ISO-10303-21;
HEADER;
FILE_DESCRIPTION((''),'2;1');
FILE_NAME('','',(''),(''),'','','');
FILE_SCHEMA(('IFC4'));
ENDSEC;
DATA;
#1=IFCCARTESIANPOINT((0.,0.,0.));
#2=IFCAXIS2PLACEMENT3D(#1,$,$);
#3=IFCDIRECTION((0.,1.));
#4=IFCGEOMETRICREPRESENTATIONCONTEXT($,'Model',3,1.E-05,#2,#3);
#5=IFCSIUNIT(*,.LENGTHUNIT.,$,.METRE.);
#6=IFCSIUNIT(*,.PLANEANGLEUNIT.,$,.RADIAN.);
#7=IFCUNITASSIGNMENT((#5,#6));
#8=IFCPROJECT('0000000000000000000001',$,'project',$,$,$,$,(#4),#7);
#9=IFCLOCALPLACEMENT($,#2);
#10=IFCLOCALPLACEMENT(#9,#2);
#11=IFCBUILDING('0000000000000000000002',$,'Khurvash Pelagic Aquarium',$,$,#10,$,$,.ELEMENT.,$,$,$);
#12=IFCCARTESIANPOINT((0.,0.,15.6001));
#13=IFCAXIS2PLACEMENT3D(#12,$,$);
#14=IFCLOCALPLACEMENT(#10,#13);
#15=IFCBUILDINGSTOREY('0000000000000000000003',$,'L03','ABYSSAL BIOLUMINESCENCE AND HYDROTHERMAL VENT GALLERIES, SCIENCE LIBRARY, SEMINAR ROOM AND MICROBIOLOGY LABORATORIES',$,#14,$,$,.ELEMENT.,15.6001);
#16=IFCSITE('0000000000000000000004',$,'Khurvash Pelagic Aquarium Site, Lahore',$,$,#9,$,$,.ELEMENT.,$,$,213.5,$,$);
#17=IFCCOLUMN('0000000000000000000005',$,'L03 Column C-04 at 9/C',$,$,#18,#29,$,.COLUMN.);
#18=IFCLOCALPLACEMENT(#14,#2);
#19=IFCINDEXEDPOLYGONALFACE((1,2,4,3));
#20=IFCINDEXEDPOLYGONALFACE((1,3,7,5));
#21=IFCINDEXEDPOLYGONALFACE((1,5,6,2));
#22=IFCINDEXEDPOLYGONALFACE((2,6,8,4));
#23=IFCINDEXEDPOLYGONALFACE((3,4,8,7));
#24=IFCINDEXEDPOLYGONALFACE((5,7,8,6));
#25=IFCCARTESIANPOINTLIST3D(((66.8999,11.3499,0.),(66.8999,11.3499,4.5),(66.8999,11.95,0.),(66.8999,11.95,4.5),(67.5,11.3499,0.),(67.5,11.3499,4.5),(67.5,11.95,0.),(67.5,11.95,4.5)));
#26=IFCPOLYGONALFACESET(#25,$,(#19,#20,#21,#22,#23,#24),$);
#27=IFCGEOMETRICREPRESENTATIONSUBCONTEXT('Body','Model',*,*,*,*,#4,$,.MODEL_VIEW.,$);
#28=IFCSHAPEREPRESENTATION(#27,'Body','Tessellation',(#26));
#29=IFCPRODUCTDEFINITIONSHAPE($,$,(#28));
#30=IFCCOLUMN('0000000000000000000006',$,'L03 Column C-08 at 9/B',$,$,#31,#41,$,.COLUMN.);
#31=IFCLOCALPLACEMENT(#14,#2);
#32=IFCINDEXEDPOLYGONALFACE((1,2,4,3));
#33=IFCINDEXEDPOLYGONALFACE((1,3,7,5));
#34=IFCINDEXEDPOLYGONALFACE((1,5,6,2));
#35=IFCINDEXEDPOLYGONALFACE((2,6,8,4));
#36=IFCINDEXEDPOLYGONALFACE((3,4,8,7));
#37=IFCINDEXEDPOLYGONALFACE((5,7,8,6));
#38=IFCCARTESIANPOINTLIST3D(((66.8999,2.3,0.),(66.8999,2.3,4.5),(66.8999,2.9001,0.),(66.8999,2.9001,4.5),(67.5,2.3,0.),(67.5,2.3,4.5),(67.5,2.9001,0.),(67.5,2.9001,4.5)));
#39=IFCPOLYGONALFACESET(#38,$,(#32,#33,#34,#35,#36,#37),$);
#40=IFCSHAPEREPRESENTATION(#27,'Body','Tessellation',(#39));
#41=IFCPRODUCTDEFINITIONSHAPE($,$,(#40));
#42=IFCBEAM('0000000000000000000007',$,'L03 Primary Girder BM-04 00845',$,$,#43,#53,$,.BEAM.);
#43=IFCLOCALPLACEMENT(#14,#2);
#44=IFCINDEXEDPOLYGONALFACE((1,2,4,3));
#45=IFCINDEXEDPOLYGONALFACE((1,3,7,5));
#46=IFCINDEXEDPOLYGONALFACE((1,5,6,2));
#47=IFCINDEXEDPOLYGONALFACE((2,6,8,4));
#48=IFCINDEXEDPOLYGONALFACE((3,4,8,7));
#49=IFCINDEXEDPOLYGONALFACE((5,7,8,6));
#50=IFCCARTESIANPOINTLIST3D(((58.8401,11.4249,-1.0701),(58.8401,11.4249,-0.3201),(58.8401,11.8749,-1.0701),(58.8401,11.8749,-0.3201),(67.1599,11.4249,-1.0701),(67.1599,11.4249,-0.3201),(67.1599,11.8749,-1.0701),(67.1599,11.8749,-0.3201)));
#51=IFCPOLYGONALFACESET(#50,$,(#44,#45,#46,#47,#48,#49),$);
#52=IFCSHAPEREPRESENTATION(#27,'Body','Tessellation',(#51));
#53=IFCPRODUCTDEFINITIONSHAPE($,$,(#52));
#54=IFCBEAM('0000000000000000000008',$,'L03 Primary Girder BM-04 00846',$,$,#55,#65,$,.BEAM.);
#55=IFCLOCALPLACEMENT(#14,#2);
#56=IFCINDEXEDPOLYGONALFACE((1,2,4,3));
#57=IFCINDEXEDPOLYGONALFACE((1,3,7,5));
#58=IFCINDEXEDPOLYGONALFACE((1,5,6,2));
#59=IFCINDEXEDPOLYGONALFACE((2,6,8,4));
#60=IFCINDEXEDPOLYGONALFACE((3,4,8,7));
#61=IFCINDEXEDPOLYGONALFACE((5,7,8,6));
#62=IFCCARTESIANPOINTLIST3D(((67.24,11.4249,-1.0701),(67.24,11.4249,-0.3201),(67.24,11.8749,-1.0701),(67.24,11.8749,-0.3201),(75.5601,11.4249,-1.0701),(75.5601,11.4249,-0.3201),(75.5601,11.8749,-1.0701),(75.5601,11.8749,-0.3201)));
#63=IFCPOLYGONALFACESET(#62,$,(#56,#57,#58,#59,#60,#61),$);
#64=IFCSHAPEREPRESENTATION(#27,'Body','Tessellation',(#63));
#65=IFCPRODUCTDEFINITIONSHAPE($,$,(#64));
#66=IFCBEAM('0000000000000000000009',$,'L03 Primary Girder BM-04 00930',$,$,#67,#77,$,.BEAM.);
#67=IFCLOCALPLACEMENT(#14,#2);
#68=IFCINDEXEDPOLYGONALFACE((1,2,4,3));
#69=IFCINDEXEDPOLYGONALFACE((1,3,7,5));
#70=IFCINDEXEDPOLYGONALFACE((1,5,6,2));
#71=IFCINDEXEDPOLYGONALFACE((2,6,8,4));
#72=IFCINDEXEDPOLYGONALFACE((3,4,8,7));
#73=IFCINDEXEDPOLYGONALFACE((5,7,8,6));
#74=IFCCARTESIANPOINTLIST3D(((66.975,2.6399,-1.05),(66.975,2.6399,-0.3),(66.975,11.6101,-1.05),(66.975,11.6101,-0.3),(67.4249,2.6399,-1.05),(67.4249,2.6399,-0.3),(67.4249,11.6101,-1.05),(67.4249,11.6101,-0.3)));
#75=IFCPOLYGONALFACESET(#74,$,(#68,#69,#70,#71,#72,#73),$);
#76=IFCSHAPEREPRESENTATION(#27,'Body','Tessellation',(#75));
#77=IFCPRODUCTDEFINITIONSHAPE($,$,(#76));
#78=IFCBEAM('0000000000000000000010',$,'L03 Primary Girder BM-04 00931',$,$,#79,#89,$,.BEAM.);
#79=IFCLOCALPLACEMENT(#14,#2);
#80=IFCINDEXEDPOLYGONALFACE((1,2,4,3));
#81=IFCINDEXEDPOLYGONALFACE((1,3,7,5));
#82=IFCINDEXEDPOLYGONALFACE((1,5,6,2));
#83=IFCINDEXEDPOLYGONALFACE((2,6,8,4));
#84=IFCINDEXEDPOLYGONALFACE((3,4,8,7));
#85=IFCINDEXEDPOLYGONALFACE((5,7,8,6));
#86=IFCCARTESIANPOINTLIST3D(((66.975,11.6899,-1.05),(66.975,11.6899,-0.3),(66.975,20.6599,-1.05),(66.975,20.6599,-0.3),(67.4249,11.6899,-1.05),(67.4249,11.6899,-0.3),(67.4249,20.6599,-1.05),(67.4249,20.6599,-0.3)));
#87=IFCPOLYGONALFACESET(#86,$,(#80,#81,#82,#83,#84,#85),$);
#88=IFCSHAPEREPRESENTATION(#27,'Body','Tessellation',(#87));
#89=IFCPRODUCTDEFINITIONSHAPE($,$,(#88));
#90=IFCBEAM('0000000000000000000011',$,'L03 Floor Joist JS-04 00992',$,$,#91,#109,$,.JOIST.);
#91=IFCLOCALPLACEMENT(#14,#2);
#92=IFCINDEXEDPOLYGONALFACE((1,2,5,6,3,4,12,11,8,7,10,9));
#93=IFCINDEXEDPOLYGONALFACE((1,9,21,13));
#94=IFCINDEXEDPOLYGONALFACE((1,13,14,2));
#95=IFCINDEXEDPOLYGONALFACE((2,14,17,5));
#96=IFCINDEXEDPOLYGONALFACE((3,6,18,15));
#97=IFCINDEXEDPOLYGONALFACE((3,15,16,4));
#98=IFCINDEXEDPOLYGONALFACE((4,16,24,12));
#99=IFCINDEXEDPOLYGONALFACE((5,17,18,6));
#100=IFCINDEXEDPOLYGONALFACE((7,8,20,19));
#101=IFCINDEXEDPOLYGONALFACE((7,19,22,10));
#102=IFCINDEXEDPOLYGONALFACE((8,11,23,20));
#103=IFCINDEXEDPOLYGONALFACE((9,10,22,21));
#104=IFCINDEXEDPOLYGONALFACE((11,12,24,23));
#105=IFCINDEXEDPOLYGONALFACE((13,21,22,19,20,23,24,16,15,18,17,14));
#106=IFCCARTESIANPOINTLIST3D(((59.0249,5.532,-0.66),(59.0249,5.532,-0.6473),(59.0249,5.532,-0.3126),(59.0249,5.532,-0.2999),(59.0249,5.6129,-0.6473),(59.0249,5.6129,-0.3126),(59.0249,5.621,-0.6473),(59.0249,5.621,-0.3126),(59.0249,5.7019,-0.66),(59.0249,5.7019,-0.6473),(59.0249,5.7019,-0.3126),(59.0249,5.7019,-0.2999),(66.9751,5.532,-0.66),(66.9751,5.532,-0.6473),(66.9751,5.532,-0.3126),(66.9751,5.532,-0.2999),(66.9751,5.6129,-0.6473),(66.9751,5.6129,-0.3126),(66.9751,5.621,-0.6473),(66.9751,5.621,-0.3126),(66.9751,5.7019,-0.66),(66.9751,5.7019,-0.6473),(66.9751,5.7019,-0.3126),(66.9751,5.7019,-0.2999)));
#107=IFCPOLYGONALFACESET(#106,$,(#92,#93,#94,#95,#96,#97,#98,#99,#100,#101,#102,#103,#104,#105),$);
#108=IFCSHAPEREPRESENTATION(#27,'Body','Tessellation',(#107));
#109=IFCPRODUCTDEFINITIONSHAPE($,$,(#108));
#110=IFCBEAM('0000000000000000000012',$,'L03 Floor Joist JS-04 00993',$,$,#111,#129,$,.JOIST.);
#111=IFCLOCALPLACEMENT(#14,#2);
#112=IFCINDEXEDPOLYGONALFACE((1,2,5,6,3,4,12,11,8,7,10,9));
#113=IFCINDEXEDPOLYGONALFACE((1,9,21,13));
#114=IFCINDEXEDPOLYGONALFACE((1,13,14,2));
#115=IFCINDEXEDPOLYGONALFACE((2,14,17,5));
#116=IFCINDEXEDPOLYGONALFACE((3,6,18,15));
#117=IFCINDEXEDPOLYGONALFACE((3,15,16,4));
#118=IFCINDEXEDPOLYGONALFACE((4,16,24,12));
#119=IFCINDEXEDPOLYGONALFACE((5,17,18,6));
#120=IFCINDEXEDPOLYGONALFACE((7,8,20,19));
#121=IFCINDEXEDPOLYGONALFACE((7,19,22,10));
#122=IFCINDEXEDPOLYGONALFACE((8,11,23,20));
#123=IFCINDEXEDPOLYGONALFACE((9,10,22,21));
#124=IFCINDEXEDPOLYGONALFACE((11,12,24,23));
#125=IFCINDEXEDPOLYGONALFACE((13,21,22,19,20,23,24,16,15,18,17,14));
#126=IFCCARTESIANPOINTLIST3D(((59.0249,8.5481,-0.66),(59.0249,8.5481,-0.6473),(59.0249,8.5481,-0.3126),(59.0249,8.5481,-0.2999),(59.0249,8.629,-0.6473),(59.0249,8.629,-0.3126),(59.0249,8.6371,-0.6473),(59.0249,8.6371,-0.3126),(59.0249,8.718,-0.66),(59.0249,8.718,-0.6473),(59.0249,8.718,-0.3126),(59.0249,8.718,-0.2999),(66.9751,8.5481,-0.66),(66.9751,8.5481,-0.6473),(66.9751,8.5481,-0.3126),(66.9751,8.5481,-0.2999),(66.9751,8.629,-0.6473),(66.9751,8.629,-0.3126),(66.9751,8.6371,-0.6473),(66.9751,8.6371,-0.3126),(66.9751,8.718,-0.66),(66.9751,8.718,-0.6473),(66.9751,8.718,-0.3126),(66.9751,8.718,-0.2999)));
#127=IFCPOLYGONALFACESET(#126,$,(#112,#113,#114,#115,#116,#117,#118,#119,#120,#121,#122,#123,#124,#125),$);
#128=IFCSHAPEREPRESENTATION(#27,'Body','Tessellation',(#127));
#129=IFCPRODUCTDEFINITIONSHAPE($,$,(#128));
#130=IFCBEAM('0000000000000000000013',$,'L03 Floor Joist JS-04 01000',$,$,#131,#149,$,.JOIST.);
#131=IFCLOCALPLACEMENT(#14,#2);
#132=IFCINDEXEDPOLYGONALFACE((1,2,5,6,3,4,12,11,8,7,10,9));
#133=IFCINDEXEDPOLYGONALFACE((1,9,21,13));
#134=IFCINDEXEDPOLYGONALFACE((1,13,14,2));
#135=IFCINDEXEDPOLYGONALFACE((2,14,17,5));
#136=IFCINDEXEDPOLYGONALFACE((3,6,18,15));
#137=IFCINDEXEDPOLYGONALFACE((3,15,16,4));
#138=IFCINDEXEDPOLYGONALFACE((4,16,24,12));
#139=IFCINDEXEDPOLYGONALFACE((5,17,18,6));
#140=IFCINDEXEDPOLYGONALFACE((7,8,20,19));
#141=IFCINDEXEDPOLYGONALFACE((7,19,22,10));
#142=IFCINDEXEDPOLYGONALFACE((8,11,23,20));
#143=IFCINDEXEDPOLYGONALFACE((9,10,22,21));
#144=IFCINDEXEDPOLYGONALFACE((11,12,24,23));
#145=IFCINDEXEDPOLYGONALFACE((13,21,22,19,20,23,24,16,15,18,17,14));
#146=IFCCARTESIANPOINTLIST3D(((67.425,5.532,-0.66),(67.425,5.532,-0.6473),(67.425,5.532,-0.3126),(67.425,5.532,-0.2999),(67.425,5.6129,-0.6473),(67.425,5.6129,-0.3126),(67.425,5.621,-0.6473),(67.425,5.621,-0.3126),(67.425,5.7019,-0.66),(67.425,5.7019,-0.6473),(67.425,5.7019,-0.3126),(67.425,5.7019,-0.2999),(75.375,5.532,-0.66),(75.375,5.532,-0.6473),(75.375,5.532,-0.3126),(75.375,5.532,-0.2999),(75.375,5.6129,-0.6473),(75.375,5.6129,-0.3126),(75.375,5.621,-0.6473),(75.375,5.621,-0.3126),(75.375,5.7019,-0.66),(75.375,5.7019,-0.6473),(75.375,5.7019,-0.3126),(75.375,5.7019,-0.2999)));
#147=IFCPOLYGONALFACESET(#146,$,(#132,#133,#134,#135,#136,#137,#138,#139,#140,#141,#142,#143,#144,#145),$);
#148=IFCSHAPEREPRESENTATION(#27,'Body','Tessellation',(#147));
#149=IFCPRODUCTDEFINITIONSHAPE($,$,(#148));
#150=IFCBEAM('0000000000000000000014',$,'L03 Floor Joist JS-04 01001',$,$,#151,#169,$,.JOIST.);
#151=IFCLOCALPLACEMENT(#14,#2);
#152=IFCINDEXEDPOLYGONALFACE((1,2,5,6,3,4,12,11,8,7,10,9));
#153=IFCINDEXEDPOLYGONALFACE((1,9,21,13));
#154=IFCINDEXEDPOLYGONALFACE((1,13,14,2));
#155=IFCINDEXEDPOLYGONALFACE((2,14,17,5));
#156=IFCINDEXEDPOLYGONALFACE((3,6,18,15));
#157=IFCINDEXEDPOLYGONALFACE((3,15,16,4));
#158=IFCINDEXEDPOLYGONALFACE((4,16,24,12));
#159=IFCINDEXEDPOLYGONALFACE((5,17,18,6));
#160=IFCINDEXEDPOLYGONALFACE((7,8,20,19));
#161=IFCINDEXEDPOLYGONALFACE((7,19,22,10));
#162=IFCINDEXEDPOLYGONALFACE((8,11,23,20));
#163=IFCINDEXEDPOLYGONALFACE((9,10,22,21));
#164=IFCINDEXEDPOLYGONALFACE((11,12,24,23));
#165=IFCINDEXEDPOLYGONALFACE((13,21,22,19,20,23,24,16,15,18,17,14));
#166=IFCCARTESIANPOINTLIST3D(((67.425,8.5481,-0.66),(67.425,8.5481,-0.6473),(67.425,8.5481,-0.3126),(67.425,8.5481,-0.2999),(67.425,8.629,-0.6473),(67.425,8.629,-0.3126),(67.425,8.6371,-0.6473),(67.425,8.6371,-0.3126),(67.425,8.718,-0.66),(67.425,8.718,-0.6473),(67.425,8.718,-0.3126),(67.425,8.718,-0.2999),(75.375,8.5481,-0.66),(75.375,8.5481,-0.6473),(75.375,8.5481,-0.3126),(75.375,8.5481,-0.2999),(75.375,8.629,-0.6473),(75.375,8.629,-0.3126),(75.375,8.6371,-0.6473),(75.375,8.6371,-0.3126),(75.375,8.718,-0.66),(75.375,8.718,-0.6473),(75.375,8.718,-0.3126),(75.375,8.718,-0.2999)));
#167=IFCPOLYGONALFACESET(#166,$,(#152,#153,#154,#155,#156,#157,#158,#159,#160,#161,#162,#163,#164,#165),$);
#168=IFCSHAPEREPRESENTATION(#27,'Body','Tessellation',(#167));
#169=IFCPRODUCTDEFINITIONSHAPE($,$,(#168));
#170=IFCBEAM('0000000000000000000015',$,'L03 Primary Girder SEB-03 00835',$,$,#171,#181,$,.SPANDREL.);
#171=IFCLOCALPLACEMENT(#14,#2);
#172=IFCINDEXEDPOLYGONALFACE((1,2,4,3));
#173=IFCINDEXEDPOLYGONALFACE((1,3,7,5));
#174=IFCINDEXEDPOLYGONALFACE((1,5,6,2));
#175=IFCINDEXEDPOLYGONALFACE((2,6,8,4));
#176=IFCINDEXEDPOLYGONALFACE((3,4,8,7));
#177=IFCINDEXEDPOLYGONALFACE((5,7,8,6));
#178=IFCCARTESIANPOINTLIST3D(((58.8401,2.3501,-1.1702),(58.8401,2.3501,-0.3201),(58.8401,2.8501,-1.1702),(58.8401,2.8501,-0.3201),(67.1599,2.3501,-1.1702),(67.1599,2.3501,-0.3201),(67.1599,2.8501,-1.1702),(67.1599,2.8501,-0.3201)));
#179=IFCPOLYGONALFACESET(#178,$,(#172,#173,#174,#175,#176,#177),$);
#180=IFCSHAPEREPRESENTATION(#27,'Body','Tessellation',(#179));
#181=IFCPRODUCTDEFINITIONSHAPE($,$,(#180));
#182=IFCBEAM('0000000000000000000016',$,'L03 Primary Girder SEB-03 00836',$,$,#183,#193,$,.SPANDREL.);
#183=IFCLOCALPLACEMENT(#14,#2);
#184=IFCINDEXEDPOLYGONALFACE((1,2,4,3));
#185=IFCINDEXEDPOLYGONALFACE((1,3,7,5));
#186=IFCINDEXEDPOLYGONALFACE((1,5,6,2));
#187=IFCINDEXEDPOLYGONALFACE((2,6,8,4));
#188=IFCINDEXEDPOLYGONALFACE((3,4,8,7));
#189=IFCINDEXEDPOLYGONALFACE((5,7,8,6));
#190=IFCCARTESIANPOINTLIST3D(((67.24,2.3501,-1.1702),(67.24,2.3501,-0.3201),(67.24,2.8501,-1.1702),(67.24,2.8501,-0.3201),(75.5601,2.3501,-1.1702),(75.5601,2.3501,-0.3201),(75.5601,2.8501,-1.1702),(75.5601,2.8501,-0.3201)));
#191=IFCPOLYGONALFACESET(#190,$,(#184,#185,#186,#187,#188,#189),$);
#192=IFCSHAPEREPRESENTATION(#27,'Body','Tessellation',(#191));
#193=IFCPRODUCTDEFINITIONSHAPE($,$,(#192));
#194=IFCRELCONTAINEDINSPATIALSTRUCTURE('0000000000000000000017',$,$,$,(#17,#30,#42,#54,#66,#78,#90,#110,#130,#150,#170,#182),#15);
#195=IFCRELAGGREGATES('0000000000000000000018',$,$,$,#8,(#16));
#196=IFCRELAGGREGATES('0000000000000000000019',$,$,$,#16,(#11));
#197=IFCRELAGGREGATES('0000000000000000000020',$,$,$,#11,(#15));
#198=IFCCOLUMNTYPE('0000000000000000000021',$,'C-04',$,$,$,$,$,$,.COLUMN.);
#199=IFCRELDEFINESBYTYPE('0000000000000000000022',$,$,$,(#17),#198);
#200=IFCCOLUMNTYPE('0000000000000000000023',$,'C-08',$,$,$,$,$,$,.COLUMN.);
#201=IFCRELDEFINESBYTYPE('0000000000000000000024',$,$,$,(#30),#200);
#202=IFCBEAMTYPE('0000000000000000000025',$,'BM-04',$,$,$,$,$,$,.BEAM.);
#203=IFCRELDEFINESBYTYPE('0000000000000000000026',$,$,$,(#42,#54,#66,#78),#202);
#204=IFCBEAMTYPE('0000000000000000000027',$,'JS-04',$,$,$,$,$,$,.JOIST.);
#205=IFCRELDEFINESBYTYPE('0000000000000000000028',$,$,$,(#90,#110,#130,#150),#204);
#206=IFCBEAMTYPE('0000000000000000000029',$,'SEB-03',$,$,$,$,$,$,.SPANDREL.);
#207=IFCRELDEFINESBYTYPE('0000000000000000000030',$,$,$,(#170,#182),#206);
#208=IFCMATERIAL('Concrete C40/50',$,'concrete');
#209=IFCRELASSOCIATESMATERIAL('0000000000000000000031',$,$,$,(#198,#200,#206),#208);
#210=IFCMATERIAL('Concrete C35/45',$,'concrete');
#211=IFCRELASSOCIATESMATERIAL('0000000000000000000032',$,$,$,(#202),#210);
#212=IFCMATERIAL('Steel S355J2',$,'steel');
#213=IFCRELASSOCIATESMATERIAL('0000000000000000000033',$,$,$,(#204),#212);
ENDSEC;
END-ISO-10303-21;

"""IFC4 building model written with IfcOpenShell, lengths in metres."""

from ifc_helpers import new_model, si_unit, direction, frame, origin, origin_2d, place, context, subcontext, project, spatial, rectangle, i_section, extrude, material, material_profile, profile_set, type_object, element, save


model = new_model("IFC4")

# Units and contexts
model_context = context("Model", 3, precision=1e-05, world=origin(), true_north=direction((0.0, 1.0)))
body_context = subcontext(model_context, "Body", "Model", "MODEL_VIEW")
ifc_project = project(units=[si_unit("LENGTHUNIT", "METRE"), si_unit("PLANEANGLEUNIT", "RADIAN")], contexts=[model_context])

# Site, building, storey
site_placement = place(None, origin())
site = spatial("IfcSite", under=ifc_project, at=site_placement, Name="Khurvash Pelagic Aquarium Site, Lahore", CompositionType="ELEMENT", RefElevation=213.5)
building_placement = place(site_placement, origin())
building = spatial("IfcBuilding", under=site, at=building_placement, Name="Khurvash Pelagic Aquarium", CompositionType="ELEMENT")
storey_placement = place(building_placement, frame((0.0, 0.0, 15.6001)))
storey = spatial("IfcBuildingStorey", under=building, at=storey_placement, Name="L03", Description="ABYSSAL BIOLUMINESCENCE AND HYDROTHERMAL VENT GALLERIES, SCIENCE LIBRARY, SEMINAR ROOM AND MICROBIOLOGY LABORATORIES", CompositionType="ELEMENT", Elevation=15.6001)

# Columns
ifc_material_1 = material(Name="Concrete C40/50", Category="concrete")
ifc_material_profile_1 = material_profile(ifc_material_1, rectangle(XDim=0.6001, YDim=0.6001, at=origin_2d()), Name="RC600X600")
ifc_profile_set_1 = profile_set([ifc_material_profile_1], Name="Concrete C40/50")
column_type_1 = type_object("IfcColumnType", Name="C-04", PredefinedType="COLUMN", material=ifc_profile_set_1)
column_1_placement = place(storey_placement, frame((67.2, 11.6499, 0.0), z_axis=(0.0, 0.0, 1.0), x_axis=(1.0, 0.0, 0.0)))
element("IfcColumn", 1, at=column_1_placement, inside=storey, type_object=column_type_1, Name="L03 Column C-04 at 9/C", PredefinedType="COLUMN", context=body_context, shape_type="SweptSolid", body=[
    extrude(rectangle(XDim=0.6001, YDim=0.6001, at=origin_2d()), origin(), (0.0, 0.0, 1.0), 4.5),
])
ifc_material_profile_2 = material_profile(ifc_material_1, rectangle(XDim=0.6001, YDim=0.6001, at=origin_2d()), Name="RC600X600")
ifc_profile_set_2 = profile_set([ifc_material_profile_2], Name="Concrete C40/50")
column_type_2 = type_object("IfcColumnType", Name="C-08", PredefinedType="COLUMN", material=ifc_profile_set_2)
column_2_placement = place(storey_placement, frame((67.2, 2.6001, 0.0), z_axis=(0.0, 0.0, 1.0), x_axis=(1.0, 0.0, 0.0)))
element("IfcColumn", 2, at=column_2_placement, inside=storey, type_object=column_type_2, Name="L03 Column C-08 at 9/B", PredefinedType="COLUMN", context=body_context, shape_type="SweptSolid", body=[
    extrude(rectangle(XDim=0.6001, YDim=0.6001, at=origin_2d()), origin(), (0.0, 0.0, 1.0), 4.5),
])

# Beams
ifc_material_2 = material(Name="Concrete C35/45", Category="concrete")
ifc_material_profile_3 = material_profile(ifc_material_2, rectangle(XDim=0.45, YDim=0.75, at=origin_2d()), Name="RC450X750")
ifc_profile_set_3 = profile_set([ifc_material_profile_3], Name="Concrete C35/45")
beam_type_1 = type_object("IfcBeamType", Name="BM-04", PredefinedType="BEAM", material=ifc_profile_set_3)
beam_1_placement = place(storey_placement, frame((58.8401, 11.6499, -0.6951), z_axis=(1.0, 0.0, 0.0), x_axis=(0.0, 1.0, 0.0)))
element("IfcBeam", 3, at=beam_1_placement, inside=storey, type_object=beam_type_1, Name="L03 Primary Girder BM-04 00845", PredefinedType="BEAM", context=body_context, shape_type="SweptSolid", body=[
    extrude(rectangle(XDim=0.45, YDim=0.75, at=origin_2d()), origin(), (0.0, 0.0, 1.0), 8.3198),
])
beam_2_placement = place(storey_placement, frame((67.24, 11.6499, -0.6951), z_axis=(1.0, 0.0, 0.0), x_axis=(0.0, 1.0, 0.0)))
element("IfcBeam", 4, at=beam_2_placement, inside=storey, type_object=beam_type_1, Name="L03 Primary Girder BM-04 00846", PredefinedType="BEAM", context=body_context, shape_type="SweptSolid", body=[
    extrude(rectangle(XDim=0.45, YDim=0.75, at=origin_2d()), origin(), (0.0, 0.0, 1.0), 8.3201),
])
beam_3_placement = place(storey_placement, frame((67.2, 2.6399, -0.675), z_axis=(0.0, 1.0, 0.0), x_axis=(-1.0, 0.0, 0.0)))
element("IfcBeam", 5, at=beam_3_placement, inside=storey, type_object=beam_type_1, Name="L03 Primary Girder BM-04 00930", PredefinedType="BEAM", context=body_context, shape_type="SweptSolid", body=[
    extrude(rectangle(XDim=0.45, YDim=0.75, at=origin_2d()), origin(), (0.0, 0.0, 1.0), 8.9702),
])
beam_4_placement = place(storey_placement, frame((67.2, 11.6899, -0.675), z_axis=(0.0, 1.0, 0.0), x_axis=(-1.0, 0.0, 0.0)))
element("IfcBeam", 6, at=beam_4_placement, inside=storey, type_object=beam_type_1, Name="L03 Primary Girder BM-04 00931", PredefinedType="BEAM", context=body_context, shape_type="SweptSolid", body=[
    extrude(rectangle(XDim=0.45, YDim=0.75, at=origin_2d()), origin(), (0.0, 0.0, 1.0), 8.97),
])
ifc_material_3 = material(Name="Steel S355J2", Category="steel")
ifc_material_profile_4 = material_profile(ifc_material_3, i_section(OverallWidth=0.1699, OverallDepth=0.3601, WebThickness=0.0081, FlangeThickness=0.0127, at=origin_2d()), Name="IPE360")
ifc_profile_set_4 = profile_set([ifc_material_profile_4], Name="Steel S355J2")
beam_type_2 = type_object("IfcBeamType", Name="JS-04", PredefinedType="JOIST", material=ifc_profile_set_4)
for number, where, z_axis, x_axis, name in (
    (7, (59.0249, 5.6169, -0.48), (1.0, 0.0, 0.0), (0.0, 1.0, 0.0), "L03 Floor Joist JS-04 00992"),
    (8, (59.0249, 8.6331, -0.48), (1.0, 0.0, 0.0), (0.0, 1.0, 0.0), "L03 Floor Joist JS-04 00993"),
):
    element("IfcBeam", number, at=place(storey_placement, frame(where, z_axis=z_axis, x_axis=x_axis)), inside=storey, type_object=beam_type_2, Name=name, PredefinedType="JOIST", context=body_context, shape_type="SweptSolid", body=[
        extrude(i_section(OverallWidth=0.1699, OverallDepth=0.3601, WebThickness=0.0081, FlangeThickness=0.0127, at=origin_2d()), origin(), (0.0, 0.0, 1.0), 7.9502),
    ])
for number, where, z_axis, x_axis, name in (
    (9, (67.425, 5.6169, -0.48), (1.0, 0.0, 0.0), (0.0, 1.0, 0.0), "L03 Floor Joist JS-04 01000"),
    (10, (67.425, 8.6331, -0.48), (1.0, 0.0, 0.0), (0.0, 1.0, 0.0), "L03 Floor Joist JS-04 01001"),
):
    element("IfcBeam", number, at=place(storey_placement, frame(where, z_axis=z_axis, x_axis=x_axis)), inside=storey, type_object=beam_type_2, Name=name, PredefinedType="JOIST", context=body_context, shape_type="SweptSolid", body=[
        extrude(i_section(OverallWidth=0.1699, OverallDepth=0.3601, WebThickness=0.0081, FlangeThickness=0.0127, at=origin_2d()), origin(), (0.0, 0.0, 1.0), 7.95),
    ])
ifc_material_profile_5 = material_profile(ifc_material_1, rectangle(XDim=0.5, YDim=0.8501, at=origin_2d()), Name="RC500X850")
ifc_profile_set_5 = profile_set([ifc_material_profile_5], Name="Concrete C40/50")
beam_type_3 = type_object("IfcBeamType", Name="SEB-03", PredefinedType="SPANDREL", material=ifc_profile_set_5)
beam_5_placement = place(storey_placement, frame((58.8401, 2.6001, -0.7451), z_axis=(1.0, 0.0, 0.0), x_axis=(0.0, 1.0, 0.0)))
element("IfcBeam", 11, at=beam_5_placement, inside=storey, type_object=beam_type_3, Name="L03 Primary Girder SEB-03 00835", PredefinedType="SPANDREL", context=body_context, shape_type="SweptSolid", body=[
    extrude(rectangle(XDim=0.5, YDim=0.8501, at=origin_2d()), origin(), (0.0, 0.0, 1.0), 8.3198),
])
beam_6_placement = place(storey_placement, frame((67.24, 2.6001, -0.7451), z_axis=(1.0, 0.0, 0.0), x_axis=(0.0, 1.0, 0.0)))
element("IfcBeam", 12, at=beam_6_placement, inside=storey, type_object=beam_type_3, Name="L03 Primary Girder SEB-03 00836", PredefinedType="SPANDREL", context=body_context, shape_type="SweptSolid", body=[
    extrude(rectangle(XDim=0.5, YDim=0.8501, at=origin_2d()), origin(), (0.0, 0.0, 1.0), 8.3201),
])

save(model, "model.ifc")
